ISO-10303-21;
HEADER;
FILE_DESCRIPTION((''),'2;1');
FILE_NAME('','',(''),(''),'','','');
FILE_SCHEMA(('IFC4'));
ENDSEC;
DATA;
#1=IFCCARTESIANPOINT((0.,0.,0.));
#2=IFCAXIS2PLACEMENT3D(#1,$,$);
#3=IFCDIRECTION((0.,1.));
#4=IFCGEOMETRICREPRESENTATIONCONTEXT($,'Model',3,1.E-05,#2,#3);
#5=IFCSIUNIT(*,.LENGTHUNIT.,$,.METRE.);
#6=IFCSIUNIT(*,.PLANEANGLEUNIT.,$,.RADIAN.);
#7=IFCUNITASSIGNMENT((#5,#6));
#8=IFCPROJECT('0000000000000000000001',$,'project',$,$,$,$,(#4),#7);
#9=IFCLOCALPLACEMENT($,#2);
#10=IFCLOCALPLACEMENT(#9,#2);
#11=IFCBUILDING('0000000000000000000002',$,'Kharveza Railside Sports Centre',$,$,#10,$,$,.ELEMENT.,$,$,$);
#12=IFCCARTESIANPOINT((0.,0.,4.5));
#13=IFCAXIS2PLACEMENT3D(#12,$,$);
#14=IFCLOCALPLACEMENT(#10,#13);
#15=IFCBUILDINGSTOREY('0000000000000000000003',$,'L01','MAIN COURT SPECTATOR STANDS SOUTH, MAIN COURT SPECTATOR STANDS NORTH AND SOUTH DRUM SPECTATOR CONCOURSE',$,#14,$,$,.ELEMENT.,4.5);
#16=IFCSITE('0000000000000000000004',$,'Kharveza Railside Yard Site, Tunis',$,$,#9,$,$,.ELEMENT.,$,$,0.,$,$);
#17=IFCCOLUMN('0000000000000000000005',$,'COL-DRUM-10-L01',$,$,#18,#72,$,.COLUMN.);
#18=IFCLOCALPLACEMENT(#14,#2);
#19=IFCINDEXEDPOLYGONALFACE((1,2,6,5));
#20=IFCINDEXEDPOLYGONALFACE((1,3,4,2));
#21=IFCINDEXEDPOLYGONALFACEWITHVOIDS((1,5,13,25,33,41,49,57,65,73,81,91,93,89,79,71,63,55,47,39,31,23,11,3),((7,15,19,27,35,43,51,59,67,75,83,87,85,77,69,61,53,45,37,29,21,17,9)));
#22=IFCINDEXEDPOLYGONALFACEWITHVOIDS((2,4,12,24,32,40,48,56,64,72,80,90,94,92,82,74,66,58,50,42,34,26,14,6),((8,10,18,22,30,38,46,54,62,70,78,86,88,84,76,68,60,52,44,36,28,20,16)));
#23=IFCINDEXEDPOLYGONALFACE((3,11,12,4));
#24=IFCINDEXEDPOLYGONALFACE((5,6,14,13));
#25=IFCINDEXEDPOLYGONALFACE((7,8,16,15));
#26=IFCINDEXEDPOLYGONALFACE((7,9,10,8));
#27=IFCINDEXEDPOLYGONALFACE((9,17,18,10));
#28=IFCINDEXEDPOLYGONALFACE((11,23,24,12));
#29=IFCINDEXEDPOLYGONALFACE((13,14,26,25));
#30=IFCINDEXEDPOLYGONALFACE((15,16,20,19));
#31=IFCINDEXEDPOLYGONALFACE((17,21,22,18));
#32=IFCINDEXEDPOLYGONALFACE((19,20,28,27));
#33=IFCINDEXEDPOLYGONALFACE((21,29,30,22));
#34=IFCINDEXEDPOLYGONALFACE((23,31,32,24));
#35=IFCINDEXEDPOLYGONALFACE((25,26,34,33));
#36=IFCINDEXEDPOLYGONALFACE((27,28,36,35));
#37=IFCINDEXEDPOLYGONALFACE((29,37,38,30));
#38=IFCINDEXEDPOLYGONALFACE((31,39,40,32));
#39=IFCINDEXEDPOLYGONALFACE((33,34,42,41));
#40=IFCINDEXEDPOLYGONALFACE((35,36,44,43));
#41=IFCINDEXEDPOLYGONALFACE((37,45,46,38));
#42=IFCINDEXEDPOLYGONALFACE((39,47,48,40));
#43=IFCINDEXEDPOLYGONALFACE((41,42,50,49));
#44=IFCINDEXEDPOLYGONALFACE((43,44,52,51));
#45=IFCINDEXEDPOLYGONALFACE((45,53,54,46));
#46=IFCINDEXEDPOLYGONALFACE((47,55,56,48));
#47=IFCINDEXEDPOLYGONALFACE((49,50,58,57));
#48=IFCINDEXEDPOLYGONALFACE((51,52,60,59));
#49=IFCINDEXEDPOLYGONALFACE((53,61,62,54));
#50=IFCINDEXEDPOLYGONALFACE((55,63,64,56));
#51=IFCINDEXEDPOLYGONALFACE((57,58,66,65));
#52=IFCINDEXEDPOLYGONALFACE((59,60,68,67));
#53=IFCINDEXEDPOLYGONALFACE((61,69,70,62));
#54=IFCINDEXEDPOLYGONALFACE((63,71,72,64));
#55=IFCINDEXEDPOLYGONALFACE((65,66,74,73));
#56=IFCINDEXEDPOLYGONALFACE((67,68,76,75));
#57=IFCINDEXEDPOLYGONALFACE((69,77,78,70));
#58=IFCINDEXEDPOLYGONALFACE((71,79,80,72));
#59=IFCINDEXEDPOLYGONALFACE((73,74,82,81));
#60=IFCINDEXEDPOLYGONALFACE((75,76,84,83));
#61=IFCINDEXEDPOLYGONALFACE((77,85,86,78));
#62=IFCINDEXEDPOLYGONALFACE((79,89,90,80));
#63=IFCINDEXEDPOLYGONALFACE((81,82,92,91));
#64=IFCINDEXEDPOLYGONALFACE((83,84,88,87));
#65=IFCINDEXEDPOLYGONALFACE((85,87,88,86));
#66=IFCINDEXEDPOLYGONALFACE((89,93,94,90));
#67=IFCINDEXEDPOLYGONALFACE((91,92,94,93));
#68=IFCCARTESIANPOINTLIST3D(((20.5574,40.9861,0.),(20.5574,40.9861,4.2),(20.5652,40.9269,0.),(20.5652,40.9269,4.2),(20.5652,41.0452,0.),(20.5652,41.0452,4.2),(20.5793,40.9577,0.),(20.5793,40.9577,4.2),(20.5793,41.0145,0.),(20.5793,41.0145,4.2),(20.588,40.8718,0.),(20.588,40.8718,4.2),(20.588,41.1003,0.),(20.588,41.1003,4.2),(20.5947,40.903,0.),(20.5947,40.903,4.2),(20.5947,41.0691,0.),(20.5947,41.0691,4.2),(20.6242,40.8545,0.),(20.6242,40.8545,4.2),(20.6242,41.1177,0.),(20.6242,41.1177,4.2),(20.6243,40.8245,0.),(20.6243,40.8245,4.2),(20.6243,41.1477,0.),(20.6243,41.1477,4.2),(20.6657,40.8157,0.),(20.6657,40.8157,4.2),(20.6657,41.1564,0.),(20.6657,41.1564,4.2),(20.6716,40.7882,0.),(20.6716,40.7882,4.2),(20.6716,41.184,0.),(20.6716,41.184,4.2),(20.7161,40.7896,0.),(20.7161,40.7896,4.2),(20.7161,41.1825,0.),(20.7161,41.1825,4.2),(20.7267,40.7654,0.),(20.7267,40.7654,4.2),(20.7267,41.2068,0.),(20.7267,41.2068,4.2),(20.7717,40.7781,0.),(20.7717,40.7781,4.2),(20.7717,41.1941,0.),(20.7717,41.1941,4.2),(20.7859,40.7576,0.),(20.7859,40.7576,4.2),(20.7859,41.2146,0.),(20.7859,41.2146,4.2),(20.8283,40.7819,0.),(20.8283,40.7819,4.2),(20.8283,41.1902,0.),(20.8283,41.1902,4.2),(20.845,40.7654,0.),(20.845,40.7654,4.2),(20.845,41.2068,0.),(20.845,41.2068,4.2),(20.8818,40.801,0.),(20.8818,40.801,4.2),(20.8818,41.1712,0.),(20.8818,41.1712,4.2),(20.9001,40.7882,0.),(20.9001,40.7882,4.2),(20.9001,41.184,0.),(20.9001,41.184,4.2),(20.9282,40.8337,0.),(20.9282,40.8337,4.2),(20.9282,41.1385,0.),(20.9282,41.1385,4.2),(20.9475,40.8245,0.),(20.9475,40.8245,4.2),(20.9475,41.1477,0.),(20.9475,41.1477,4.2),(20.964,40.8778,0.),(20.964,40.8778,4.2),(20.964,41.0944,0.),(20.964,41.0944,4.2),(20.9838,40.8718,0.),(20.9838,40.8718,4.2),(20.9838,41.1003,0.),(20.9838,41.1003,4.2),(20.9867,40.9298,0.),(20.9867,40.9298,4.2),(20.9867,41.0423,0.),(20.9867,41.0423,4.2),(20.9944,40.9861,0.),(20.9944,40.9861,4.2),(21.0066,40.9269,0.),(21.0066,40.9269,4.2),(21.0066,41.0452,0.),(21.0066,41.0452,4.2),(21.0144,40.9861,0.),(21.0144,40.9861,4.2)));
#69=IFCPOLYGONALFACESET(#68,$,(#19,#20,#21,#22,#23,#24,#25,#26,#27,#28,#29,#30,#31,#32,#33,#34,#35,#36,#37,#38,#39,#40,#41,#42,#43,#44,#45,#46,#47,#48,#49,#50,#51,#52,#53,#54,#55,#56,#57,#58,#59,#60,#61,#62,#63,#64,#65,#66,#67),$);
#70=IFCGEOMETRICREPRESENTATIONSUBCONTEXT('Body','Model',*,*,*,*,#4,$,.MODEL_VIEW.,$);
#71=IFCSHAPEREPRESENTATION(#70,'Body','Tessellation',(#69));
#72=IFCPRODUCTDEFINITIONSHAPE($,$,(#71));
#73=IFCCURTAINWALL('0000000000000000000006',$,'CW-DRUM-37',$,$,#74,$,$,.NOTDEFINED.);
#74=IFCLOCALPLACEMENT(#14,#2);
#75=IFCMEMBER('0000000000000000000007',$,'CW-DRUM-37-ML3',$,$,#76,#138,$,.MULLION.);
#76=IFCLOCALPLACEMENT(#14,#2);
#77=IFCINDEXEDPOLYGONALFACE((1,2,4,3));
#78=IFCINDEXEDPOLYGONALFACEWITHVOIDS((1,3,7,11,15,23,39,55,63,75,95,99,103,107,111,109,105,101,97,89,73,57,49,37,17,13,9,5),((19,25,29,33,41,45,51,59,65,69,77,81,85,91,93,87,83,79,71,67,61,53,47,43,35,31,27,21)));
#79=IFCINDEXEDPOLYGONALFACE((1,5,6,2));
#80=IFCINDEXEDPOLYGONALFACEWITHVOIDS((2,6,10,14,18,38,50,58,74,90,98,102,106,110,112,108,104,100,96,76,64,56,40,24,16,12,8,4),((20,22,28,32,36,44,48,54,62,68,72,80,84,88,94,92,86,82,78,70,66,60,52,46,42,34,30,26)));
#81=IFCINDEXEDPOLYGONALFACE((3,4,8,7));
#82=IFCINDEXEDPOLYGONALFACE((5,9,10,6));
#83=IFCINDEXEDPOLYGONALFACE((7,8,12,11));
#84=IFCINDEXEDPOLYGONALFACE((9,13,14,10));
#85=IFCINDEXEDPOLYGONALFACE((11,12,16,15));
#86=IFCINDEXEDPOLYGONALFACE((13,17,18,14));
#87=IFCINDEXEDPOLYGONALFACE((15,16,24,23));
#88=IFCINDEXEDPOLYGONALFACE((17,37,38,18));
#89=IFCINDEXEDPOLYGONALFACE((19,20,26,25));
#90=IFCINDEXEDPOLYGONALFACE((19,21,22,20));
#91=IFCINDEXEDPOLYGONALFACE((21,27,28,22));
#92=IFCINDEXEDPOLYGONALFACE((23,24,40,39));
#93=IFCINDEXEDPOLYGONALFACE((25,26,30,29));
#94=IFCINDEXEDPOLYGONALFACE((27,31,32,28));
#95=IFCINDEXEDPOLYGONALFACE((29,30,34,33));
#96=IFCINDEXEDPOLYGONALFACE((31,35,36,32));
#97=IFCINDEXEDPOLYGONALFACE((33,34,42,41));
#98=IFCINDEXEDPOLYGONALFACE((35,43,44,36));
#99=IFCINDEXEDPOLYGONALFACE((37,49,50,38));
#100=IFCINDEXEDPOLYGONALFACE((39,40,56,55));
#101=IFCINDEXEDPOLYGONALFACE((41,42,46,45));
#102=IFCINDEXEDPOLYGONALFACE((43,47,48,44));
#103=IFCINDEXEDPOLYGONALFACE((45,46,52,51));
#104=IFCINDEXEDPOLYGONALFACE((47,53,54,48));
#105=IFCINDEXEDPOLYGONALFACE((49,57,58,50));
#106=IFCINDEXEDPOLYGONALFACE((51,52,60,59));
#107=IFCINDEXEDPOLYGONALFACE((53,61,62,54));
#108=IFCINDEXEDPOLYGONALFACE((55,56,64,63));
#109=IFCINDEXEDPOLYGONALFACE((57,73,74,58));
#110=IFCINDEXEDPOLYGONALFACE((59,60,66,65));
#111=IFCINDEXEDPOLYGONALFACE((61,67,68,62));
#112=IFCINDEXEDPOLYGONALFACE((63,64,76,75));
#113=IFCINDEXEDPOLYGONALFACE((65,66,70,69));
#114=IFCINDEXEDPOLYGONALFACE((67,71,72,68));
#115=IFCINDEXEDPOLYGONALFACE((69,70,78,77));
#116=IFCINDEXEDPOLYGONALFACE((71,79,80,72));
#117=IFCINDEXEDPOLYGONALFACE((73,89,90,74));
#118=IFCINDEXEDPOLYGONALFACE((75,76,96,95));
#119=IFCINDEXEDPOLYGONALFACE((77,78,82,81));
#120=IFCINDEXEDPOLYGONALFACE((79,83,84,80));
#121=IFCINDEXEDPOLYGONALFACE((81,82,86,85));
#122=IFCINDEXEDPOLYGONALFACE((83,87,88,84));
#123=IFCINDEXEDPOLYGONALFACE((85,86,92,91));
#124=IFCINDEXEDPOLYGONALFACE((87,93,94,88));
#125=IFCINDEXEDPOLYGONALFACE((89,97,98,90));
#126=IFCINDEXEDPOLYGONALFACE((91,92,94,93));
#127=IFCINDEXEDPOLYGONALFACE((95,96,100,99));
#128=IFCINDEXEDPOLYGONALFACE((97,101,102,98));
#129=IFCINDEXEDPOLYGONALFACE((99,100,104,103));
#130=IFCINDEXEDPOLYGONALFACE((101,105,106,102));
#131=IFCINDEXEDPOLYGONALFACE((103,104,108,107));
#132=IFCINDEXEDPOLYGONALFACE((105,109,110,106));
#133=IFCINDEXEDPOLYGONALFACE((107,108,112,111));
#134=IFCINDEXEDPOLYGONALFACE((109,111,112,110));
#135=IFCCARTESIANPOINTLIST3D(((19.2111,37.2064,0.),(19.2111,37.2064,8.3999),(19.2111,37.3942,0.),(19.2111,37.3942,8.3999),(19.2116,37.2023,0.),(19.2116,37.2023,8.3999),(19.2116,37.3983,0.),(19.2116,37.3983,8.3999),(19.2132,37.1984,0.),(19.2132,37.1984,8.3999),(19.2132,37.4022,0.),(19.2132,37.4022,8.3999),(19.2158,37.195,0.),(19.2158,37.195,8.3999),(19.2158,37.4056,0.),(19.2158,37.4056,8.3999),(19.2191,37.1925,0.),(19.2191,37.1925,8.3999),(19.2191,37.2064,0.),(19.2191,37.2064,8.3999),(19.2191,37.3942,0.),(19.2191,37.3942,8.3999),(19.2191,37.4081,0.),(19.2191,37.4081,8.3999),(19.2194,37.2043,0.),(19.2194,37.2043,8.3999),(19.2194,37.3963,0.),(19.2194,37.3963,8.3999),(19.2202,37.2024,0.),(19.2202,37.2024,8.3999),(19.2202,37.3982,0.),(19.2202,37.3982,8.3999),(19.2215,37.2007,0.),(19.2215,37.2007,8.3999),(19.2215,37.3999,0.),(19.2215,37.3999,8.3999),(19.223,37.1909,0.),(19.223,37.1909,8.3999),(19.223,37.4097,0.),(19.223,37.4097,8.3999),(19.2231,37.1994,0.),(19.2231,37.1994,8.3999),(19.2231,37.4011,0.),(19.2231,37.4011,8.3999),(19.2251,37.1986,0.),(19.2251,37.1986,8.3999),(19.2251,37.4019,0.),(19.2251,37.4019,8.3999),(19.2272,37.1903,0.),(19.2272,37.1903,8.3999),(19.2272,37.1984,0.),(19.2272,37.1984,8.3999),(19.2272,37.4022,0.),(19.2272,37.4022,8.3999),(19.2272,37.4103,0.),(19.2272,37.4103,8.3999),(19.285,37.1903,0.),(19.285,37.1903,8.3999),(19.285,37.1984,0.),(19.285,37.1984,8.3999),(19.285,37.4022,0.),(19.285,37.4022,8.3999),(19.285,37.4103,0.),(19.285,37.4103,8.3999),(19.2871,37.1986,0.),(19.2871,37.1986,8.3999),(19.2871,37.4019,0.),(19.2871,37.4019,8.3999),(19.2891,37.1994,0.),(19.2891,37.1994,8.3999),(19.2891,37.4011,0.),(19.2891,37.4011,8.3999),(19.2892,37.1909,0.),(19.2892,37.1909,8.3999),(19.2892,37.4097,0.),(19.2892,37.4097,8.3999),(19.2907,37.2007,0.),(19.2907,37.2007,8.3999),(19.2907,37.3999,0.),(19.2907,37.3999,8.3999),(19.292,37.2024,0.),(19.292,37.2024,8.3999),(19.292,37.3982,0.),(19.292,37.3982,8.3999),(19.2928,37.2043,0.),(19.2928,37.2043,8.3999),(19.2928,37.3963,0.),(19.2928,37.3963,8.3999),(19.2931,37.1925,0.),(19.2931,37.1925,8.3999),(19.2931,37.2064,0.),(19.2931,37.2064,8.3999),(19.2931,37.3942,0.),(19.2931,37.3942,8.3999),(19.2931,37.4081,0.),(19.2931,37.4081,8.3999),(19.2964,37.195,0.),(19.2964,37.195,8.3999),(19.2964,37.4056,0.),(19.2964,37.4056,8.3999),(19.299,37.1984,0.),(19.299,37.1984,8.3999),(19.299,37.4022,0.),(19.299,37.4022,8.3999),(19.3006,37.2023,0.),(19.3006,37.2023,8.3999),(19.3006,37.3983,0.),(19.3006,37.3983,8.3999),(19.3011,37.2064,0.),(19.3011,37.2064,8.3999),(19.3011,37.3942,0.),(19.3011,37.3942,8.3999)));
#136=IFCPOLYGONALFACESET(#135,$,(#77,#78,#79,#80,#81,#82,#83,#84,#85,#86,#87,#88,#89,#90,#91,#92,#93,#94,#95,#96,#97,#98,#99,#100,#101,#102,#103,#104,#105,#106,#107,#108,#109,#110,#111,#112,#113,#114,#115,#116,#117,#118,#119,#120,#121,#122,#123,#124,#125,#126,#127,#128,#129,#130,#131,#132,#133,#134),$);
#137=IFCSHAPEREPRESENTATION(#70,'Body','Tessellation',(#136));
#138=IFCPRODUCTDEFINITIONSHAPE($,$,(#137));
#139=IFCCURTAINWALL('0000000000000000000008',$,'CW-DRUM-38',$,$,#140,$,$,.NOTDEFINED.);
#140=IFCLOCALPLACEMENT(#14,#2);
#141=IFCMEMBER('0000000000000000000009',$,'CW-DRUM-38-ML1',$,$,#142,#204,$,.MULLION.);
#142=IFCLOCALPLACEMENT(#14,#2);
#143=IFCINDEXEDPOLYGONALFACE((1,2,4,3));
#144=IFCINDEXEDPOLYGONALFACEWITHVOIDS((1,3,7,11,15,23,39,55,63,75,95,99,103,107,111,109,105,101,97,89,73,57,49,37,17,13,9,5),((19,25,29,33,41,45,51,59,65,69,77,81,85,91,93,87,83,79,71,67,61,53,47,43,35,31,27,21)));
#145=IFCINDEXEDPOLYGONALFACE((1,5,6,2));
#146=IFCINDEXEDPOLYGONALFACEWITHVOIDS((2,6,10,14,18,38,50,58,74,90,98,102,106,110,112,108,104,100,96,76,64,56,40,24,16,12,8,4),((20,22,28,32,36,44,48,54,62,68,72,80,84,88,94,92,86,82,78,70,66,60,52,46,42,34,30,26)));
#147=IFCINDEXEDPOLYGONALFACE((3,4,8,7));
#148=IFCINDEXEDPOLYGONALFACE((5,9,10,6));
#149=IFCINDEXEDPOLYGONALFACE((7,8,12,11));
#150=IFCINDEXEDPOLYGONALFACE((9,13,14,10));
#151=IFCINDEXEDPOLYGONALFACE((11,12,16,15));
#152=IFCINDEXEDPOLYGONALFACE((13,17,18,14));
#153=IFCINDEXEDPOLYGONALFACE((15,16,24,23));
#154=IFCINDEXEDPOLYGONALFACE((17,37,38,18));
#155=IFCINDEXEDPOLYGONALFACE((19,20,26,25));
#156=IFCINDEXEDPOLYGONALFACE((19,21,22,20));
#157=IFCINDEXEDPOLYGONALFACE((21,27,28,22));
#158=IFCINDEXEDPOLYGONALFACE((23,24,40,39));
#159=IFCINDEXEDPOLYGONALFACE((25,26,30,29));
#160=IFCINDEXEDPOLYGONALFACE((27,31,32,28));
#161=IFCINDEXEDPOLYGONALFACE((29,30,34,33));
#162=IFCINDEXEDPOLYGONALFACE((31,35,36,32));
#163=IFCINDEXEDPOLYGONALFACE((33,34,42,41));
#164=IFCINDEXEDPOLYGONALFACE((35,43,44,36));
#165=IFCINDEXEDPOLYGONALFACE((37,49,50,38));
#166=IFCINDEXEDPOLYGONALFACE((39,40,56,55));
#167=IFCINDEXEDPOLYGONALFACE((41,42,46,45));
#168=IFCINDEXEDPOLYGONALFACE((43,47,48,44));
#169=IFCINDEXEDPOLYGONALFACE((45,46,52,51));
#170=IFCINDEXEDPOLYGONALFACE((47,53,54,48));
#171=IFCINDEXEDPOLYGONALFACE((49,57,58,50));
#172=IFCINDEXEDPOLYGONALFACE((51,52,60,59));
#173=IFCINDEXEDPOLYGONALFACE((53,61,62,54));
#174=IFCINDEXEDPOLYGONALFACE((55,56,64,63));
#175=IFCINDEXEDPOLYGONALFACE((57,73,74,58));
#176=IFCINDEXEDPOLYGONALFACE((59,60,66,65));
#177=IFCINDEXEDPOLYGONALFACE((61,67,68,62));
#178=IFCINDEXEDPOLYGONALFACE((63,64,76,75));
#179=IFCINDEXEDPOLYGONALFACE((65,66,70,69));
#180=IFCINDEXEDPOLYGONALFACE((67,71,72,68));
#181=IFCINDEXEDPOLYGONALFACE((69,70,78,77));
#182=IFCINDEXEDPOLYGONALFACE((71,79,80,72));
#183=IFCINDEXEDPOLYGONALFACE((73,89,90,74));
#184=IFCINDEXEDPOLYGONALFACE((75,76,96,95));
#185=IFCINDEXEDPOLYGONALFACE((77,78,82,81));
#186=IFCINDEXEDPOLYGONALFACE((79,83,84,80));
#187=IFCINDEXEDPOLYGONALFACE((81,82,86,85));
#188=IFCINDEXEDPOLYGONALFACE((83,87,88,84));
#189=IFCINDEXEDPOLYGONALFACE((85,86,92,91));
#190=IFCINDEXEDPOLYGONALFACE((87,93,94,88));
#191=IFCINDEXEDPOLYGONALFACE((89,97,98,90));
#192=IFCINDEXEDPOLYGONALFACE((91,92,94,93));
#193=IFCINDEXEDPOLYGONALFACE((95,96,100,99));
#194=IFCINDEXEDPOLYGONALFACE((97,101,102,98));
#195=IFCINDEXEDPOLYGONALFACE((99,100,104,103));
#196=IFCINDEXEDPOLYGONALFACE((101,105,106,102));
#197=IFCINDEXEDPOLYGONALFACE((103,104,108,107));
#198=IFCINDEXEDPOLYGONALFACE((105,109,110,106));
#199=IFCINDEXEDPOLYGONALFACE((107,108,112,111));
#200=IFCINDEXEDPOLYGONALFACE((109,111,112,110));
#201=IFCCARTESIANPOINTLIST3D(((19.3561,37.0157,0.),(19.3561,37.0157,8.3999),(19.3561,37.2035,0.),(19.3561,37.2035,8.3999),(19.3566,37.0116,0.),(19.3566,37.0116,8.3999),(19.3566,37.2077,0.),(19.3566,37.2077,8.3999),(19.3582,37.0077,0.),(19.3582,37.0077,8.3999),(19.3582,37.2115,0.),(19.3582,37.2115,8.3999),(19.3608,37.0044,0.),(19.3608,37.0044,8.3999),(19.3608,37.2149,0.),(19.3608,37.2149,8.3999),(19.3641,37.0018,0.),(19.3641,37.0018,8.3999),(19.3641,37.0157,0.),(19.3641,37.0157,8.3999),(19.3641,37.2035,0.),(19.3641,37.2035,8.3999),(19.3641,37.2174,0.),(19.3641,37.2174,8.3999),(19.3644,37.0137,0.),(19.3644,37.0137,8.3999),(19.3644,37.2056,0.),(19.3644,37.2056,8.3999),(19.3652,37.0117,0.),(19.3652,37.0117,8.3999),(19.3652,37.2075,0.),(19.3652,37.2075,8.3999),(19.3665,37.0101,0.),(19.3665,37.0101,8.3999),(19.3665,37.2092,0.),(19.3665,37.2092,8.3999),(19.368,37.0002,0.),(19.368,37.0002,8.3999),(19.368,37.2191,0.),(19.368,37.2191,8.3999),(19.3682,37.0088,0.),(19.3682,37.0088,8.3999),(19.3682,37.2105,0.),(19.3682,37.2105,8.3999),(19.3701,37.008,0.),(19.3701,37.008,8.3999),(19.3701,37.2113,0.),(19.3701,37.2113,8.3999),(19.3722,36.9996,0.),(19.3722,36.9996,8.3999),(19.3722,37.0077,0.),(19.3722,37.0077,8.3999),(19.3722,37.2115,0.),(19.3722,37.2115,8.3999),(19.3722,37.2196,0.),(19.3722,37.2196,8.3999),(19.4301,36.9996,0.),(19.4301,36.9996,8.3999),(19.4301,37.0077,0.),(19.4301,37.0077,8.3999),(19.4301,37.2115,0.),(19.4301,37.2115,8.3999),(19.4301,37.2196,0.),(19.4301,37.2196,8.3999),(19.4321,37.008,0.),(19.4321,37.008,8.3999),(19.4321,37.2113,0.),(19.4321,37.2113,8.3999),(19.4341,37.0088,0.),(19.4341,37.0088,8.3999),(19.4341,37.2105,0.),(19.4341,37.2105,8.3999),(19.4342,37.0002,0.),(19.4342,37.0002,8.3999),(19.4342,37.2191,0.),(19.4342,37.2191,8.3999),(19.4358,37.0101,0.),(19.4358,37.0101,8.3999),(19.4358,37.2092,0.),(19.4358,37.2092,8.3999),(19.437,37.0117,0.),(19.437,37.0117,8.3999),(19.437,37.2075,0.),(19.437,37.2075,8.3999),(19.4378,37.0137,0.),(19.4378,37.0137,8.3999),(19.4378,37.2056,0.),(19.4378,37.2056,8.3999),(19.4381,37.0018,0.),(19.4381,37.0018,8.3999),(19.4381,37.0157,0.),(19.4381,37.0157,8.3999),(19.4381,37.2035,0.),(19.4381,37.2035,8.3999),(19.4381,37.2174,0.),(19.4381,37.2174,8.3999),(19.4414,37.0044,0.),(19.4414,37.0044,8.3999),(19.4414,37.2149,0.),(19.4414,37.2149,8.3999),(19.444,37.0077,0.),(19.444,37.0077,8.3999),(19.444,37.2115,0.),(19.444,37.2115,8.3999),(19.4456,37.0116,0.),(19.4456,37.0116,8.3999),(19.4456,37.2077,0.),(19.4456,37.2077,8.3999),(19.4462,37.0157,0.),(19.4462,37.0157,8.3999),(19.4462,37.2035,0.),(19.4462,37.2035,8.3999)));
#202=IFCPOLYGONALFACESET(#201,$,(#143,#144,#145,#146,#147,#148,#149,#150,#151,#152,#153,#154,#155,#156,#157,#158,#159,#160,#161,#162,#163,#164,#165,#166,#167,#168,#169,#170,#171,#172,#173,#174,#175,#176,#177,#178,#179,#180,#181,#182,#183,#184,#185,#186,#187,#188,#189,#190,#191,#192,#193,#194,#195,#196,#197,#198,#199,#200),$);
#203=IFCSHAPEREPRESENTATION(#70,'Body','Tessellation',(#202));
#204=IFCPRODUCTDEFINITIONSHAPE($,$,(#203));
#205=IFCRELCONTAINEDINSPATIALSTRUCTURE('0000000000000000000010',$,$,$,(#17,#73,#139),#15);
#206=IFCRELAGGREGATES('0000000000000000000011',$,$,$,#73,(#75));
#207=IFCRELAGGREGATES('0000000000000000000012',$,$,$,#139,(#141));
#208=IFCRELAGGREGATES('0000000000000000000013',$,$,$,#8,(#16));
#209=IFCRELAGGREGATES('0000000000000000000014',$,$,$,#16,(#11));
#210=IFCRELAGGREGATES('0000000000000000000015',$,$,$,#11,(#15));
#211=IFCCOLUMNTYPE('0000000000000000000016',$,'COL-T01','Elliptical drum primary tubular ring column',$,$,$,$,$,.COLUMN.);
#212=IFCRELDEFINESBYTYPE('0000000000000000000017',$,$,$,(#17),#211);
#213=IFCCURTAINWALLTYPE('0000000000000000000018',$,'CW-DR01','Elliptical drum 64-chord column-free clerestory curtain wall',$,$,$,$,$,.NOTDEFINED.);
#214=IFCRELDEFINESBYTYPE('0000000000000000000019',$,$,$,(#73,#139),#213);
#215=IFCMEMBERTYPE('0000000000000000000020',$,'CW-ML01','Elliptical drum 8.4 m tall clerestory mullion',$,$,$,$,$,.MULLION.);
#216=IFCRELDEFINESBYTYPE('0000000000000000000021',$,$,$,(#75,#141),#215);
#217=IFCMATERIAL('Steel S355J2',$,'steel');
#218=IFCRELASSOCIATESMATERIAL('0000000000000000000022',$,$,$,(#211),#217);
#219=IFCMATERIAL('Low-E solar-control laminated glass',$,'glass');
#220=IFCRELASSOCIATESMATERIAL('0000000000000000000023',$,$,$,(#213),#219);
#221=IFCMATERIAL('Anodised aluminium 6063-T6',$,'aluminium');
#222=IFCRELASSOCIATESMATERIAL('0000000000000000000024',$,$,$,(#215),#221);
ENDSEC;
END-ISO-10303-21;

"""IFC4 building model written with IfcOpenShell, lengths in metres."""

from ifc_helpers import new_model, si_unit, direction, frame, origin, origin_2d, place, context, subcontext, project, spatial, hollow_rectangle, hollow_circle, extrude, material, material_profile, profile_set, type_object, element, aggregate, save


model = new_model("IFC4")

# Units and contexts
model_context = context("Model", 3, precision=1e-05, world=origin(), true_north=direction((0.0, 1.0)))
body_context = subcontext(model_context, "Body", "Model", "MODEL_VIEW")
ifc_project = project(units=[si_unit("LENGTHUNIT", "METRE"), si_unit("PLANEANGLEUNIT", "RADIAN")], contexts=[model_context])

# Site, building, storey
site_placement = place(None, origin())
site = spatial("IfcSite", under=ifc_project, at=site_placement, Name="Kharveza Railside Yard Site, Tunis", CompositionType="ELEMENT", RefElevation=0.0)
building_placement = place(site_placement, origin())
building = spatial("IfcBuilding", under=site, at=building_placement, Name="Kharveza Railside Sports Centre", CompositionType="ELEMENT")
storey_placement = place(building_placement, frame((0.0, 0.0, 4.5)))
storey = spatial("IfcBuildingStorey", under=building, at=storey_placement, Name="L01", Description="MAIN COURT SPECTATOR STANDS SOUTH, MAIN COURT SPECTATOR STANDS NORTH AND SOUTH DRUM SPECTATOR CONCOURSE", CompositionType="ELEMENT", Elevation=4.5)

# Column
ifc_material_1 = material(Name="Steel S355J2", Category="steel")
ifc_material_profile_1 = material_profile(ifc_material_1, hollow_circle(Radius=0.2285, WallThickness=0.02, at=origin_2d()), Name="CHS 457.0x20.0")
ifc_profile_set_1 = profile_set([ifc_material_profile_1], Name="Steel S355J2")
column_type = type_object("IfcColumnType", Name="COL-T01", Description="Elliptical drum primary tubular ring column", PredefinedType="COLUMN", material=ifc_profile_set_1)
column_placement = place(storey_placement, frame((20.7859, 40.9861, 0.0), z_axis=(0.0, 0.0, 1.0), x_axis=(1.0, 0.0, 0.0)))
element("IfcColumn", 1, at=column_placement, inside=storey, type_object=column_type, Name="COL-DRUM-10-L01", PredefinedType="COLUMN", context=body_context, shape_type="SweptSolid", body=[
    extrude(hollow_circle(Radius=0.2285, WallThickness=0.02, at=origin_2d()), origin(), (0.0, 0.0, 1.0), 4.2),
])

# Curtain wall, member
ifc_material_2 = material(Name="Low-E solar-control laminated glass", Category="glass")
curtain_wall_type = type_object("IfcCurtainWallType", Name="CW-DR01", Description="Elliptical drum 64-chord column-free clerestory curtain wall", PredefinedType="NOTDEFINED", material=ifc_material_2)
curtain_wall_1_placement = place(storey_placement, origin())
curtain_wall_1 = element("IfcCurtainWall", 2, at=curtain_wall_1_placement, inside=storey, type_object=curtain_wall_type, Name="CW-DRUM-37", PredefinedType="NOTDEFINED")
ifc_material_3 = material(Name="Anodised aluminium 6063-T6", Category="aluminium")
ifc_material_profile_2 = material_profile(ifc_material_3, hollow_rectangle(XDim=0.0901, YDim=0.22, WallThickness=0.0081, InnerFilletRadius=0.0081, OuterFilletRadius=0.0161, at=origin_2d()), Name="RHS 90x220x8.0")
ifc_profile_set_2 = profile_set([ifc_material_profile_2], Name="Anodised aluminium 6063-T6")
member_type_1 = type_object("IfcMemberType", Name="CW-ML01", Description="Elliptical drum 8.4 m tall clerestory mullion", PredefinedType="MULLION", material=ifc_profile_set_2)
member_1_placement = place(storey_placement, frame((19.2561, 37.3003, 0.0), z_axis=(0.0, 0.0, 1.0), x_axis=(1.0, 0.0, 0.0)))
member_1 = element("IfcMember", 3, at=member_1_placement, type_object=member_type_1, Name="CW-DRUM-37-ML3", PredefinedType="MULLION", context=body_context, shape_type="SweptSolid", body=[
    extrude(hollow_rectangle(XDim=0.0901, YDim=0.22, WallThickness=0.0081, InnerFilletRadius=0.0081, OuterFilletRadius=0.0161, at=origin_2d()), origin(), (0.0, 0.0, 1.0), 8.3999),
])

# Curtain wall, member
curtain_wall_2_placement = place(storey_placement, origin())
curtain_wall_2 = element("IfcCurtainWall", 4, at=curtain_wall_2_placement, inside=storey, type_object=curtain_wall_type, Name="CW-DRUM-38", PredefinedType="NOTDEFINED")
member_2_placement = place(storey_placement, frame((19.4011, 37.1096, 0.0), z_axis=(0.0, 0.0, 1.0), x_axis=(1.0, 0.0, 0.0)))
member_2 = element("IfcMember", 5, at=member_2_placement, type_object=member_type_1, Name="CW-DRUM-38-ML1", PredefinedType="MULLION", context=body_context, shape_type="SweptSolid", body=[
    extrude(hollow_rectangle(XDim=0.0901, YDim=0.22, WallThickness=0.0081, InnerFilletRadius=0.0081, OuterFilletRadius=0.0161, at=origin_2d()), origin(), (0.0, 0.0, 1.0), 8.3999),
])

aggregate(curtain_wall_1, [member_1])
aggregate(curtain_wall_2, [member_2])

save(model, "model.ifc")
